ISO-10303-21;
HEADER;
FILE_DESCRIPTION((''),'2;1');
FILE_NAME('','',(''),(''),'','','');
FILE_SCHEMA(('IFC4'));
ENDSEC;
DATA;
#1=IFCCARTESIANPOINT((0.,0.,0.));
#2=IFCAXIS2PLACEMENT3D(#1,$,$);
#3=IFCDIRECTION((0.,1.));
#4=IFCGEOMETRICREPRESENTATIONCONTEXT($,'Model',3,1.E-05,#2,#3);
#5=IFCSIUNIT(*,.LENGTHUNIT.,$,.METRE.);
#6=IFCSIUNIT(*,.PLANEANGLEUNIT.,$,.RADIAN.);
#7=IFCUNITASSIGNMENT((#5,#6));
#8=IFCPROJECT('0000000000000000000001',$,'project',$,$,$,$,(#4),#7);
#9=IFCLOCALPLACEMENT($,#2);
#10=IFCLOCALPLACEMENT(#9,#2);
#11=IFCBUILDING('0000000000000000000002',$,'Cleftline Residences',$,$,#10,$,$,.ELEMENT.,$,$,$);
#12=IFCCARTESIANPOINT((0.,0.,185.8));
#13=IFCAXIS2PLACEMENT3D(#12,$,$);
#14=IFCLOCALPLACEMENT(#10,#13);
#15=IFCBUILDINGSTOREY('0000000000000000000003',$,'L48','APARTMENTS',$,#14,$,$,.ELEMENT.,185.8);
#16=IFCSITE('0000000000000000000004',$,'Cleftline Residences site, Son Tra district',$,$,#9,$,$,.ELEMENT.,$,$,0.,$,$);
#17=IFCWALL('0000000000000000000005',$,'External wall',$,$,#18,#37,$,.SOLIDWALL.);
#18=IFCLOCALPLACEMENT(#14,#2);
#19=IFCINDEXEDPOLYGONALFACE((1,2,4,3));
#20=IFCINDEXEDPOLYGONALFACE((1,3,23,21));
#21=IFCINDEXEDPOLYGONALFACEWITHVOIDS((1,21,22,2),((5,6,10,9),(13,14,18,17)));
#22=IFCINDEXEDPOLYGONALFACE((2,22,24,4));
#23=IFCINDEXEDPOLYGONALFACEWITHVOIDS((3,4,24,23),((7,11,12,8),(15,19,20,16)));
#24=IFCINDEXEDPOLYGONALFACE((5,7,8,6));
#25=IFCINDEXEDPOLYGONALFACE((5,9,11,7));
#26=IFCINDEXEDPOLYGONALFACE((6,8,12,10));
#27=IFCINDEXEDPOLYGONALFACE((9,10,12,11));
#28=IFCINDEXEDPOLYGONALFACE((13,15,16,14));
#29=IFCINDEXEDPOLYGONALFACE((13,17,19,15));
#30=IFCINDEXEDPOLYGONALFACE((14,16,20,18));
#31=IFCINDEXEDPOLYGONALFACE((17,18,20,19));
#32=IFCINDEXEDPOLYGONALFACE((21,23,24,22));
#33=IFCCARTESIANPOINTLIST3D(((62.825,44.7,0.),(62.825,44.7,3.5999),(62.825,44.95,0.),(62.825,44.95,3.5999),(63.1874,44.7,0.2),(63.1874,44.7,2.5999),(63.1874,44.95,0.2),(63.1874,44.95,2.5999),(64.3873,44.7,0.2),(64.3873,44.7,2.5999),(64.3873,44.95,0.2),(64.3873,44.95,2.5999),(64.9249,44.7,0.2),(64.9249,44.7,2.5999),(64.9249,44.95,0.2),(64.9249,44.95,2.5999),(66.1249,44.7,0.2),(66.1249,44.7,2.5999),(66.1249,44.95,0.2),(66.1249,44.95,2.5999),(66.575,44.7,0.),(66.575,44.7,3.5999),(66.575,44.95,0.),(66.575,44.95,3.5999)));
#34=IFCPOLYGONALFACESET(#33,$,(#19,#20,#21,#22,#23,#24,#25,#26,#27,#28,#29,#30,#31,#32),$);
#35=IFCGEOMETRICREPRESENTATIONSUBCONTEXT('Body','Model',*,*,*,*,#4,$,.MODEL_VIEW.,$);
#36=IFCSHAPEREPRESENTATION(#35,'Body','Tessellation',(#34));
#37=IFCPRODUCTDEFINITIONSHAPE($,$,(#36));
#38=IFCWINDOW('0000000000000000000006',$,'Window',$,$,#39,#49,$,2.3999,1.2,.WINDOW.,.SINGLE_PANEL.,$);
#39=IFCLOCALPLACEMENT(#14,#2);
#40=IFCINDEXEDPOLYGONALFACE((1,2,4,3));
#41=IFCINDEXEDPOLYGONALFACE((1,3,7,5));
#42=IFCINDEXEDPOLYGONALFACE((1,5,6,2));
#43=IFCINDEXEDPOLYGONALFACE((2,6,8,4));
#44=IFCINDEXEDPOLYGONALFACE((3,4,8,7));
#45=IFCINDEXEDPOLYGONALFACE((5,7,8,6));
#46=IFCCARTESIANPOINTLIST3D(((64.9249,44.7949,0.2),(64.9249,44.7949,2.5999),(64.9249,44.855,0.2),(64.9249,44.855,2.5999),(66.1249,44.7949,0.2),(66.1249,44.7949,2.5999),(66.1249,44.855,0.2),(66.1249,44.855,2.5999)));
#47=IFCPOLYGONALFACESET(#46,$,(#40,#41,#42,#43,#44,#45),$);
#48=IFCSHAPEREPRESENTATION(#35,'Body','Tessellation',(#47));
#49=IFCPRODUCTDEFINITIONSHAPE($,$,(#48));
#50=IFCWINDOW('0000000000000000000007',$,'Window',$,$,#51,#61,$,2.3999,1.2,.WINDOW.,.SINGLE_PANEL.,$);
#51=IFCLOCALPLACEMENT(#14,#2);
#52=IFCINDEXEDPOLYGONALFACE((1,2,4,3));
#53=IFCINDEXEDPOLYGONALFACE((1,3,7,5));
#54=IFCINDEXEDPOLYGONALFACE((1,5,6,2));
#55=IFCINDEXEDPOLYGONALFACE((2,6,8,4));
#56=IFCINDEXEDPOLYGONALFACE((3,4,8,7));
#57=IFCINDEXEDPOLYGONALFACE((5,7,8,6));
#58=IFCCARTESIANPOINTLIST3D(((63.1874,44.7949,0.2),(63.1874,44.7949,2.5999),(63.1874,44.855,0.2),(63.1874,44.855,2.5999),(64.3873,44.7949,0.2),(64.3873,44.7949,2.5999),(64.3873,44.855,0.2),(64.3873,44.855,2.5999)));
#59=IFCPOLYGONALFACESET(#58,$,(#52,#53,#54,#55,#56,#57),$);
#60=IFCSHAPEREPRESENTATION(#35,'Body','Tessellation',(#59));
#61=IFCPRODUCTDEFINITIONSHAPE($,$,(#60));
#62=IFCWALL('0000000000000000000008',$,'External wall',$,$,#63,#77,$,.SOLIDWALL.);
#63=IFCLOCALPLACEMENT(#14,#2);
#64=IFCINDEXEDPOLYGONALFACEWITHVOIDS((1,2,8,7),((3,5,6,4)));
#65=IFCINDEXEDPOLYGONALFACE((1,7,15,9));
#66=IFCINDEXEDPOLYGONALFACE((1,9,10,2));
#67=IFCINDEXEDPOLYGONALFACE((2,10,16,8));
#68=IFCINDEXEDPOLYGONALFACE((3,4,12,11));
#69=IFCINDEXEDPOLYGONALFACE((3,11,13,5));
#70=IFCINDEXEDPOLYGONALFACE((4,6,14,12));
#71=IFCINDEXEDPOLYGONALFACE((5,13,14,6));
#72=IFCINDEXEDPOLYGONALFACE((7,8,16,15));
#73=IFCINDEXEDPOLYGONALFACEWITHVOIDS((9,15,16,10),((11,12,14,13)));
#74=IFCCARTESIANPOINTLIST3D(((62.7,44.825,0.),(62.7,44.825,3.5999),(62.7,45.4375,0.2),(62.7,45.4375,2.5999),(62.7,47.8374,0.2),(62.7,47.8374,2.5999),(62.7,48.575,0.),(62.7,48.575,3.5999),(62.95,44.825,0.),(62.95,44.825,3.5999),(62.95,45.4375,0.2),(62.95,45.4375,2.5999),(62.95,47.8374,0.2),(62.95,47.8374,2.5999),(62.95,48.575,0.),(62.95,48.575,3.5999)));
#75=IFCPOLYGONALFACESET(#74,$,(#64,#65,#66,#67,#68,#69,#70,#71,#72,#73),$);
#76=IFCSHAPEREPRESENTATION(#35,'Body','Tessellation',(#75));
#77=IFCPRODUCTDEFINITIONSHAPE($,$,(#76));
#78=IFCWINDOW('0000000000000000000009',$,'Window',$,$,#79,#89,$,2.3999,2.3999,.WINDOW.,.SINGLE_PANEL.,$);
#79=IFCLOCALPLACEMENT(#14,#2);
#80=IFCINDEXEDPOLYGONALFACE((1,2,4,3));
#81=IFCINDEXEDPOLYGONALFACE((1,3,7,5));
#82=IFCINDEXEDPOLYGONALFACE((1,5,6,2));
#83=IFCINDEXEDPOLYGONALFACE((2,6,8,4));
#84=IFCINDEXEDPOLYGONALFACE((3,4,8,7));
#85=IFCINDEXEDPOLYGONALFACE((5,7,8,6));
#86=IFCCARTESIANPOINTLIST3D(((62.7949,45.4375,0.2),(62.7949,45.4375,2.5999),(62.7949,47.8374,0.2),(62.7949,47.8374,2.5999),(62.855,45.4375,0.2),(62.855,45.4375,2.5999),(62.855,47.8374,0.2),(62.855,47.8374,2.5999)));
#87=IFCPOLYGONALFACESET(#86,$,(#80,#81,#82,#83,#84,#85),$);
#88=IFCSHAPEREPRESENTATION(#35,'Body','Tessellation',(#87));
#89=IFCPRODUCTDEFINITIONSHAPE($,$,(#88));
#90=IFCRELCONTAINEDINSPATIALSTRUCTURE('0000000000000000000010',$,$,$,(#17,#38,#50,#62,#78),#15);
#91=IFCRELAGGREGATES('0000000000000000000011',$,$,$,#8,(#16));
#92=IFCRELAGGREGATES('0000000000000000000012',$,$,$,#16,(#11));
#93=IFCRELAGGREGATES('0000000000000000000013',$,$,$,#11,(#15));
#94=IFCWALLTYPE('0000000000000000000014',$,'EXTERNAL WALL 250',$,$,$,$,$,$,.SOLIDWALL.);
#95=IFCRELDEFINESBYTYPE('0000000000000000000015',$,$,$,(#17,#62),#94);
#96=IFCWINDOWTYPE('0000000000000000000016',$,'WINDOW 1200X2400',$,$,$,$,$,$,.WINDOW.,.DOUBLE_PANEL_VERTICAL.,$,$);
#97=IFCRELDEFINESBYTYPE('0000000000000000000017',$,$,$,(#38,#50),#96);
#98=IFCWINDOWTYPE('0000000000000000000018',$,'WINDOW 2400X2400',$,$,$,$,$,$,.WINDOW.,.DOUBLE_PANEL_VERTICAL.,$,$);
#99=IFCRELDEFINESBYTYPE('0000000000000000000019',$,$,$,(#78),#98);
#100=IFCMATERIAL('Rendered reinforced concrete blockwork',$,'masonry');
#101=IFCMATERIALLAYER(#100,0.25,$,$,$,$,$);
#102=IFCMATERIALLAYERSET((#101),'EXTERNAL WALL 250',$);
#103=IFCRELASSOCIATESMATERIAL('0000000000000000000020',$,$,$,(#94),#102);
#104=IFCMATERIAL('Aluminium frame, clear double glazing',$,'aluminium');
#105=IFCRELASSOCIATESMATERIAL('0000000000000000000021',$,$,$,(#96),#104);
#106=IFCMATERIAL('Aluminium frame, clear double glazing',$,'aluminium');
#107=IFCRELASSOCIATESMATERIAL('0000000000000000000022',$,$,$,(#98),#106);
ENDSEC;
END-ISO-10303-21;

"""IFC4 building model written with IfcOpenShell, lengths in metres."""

from ifc_helpers import new_model, si_unit, direction, frame, frame_2d, origin, place, context, subcontext, project, spatial, rectangle, extrude, material, layer, layer_set, type_object, element, fill, save


model = new_model("IFC4")

# Units and contexts
model_context = context("Model", 3, precision=1e-05, world=origin(), true_north=direction((0.0, 1.0)))
body_context = subcontext(model_context, "Body", "Model", "MODEL_VIEW")
ifc_project = project(units=[si_unit("LENGTHUNIT", "METRE"), si_unit("PLANEANGLEUNIT", "RADIAN")], contexts=[model_context])

# Site, building, storey
site_placement = place(None, origin())
site = spatial("IfcSite", under=ifc_project, at=site_placement, Name="Cleftline Residences site, Son Tra district", CompositionType="ELEMENT", RefElevation=0.0)
building_placement = place(site_placement, origin())
building = spatial("IfcBuilding", under=site, at=building_placement, Name="Cleftline Residences", CompositionType="ELEMENT")
storey_placement = place(building_placement, frame((0.0, 0.0, 185.8)))
storey = spatial("IfcBuildingStorey", under=building, at=storey_placement, Name="L48", Description="APARTMENTS", CompositionType="ELEMENT", Elevation=185.8)

# Wall, openings, windows
ifc_material_1 = material(Name="Rendered reinforced concrete blockwork", Category="masonry")
ifc_layer_1 = layer(ifc_material_1, 0.25)
ifc_layer_set_1 = layer_set([ifc_layer_1], Name="EXTERNAL WALL 250")
wall_type_1 = type_object("IfcWallType", Name="EXTERNAL WALL 250", PredefinedType="SOLIDWALL", material=ifc_layer_set_1)
wall_1_placement = place(storey_placement, frame((66.575, 44.825, 0.0), z_axis=(0.0, 0.0, 1.0), x_axis=(-1.0, 0.0, 0.0)))
wall_1 = element("IfcWall", 1, at=wall_1_placement, inside=storey, type_object=wall_type_1, Name="External wall", PredefinedType="SOLIDWALL", context=body_context, shape_type="SweptSolid", body=[
    extrude(rectangle(XDim=3.75, YDim=0.25, at=frame_2d((1.875, 0.0))), origin(), (0.0, 0.0, 1.0), 3.5999),
])
opening_1_placement = place(wall_1_placement, frame((0.45, 0.0, 0.2)))
opening_1 = element("IfcOpeningElement", 2, at=opening_1_placement, cuts=wall_1, PredefinedType="OPENING", context=body_context, shape_type="SweptSolid", body=[
    extrude(rectangle(XDim=1.2, YDim=2.3999, at=frame_2d((0.6001, 1.2))), frame((0.0, 0.135, 0.0), z_axis=(0.0, -1.0, 0.0), x_axis=(1.0, 0.0, 0.0)), (0.0, 0.0, 1.0), 0.27),
])
opening_2_placement = place(wall_1_placement, frame((2.1875, 0.0, 0.2)))
opening_2 = element("IfcOpeningElement", 3, at=opening_2_placement, cuts=wall_1, PredefinedType="OPENING", context=body_context, shape_type="SweptSolid", body=[
    extrude(rectangle(XDim=1.2, YDim=2.3999, at=frame_2d((0.6001, 1.2))), frame((0.0, 0.135, 0.0), z_axis=(0.0, -1.0, 0.0), x_axis=(1.0, 0.0, 0.0)), (0.0, 0.0, 1.0), 0.27),
])
ifc_material_2 = material(Name="Aluminium frame, clear double glazing", Category="aluminium")
window_type_1 = type_object("IfcWindowType", Name="WINDOW 1200X2400", PartitioningType="DOUBLE_PANEL_VERTICAL", PredefinedType="WINDOW", material=ifc_material_2)
window_1_placement = place(opening_1_placement, origin())
window_1 = element("IfcWindow", 4, at=window_1_placement, inside=storey, type_object=window_type_1, Name="Window", OverallHeight=2.3999, OverallWidth=1.2, PartitioningType="SINGLE_PANEL", PredefinedType="WINDOW", context=body_context, shape_type="SweptSolid", body=[
    extrude(rectangle(XDim=1.2, YDim=2.3999, at=frame_2d((0.6001, 1.2))), frame((0.0, 0.03, 0.0), z_axis=(0.0, -1.0, 0.0), x_axis=(1.0, 0.0, 0.0)), (0.0, 0.0, 1.0), 0.0601),
])
fill(opening_1, window_1)
window_2_placement = place(opening_2_placement, origin())
window_2 = element("IfcWindow", 5, at=window_2_placement, inside=storey, type_object=window_type_1, Name="Window", OverallHeight=2.3999, OverallWidth=1.2, PartitioningType="SINGLE_PANEL", PredefinedType="WINDOW", context=body_context, shape_type="SweptSolid", body=[
    extrude(rectangle(XDim=1.2, YDim=2.3999, at=frame_2d((0.6001, 1.2))), frame((0.0, 0.03, 0.0), z_axis=(0.0, -1.0, 0.0), x_axis=(1.0, 0.0, 0.0)), (0.0, 0.0, 1.0), 0.0601),
])
fill(opening_2, window_2)

# Wall, opening, window
wall_2_placement = place(storey_placement, frame((62.825, 44.825, 0.0), z_axis=(0.0, 0.0, 1.0), x_axis=(0.0, 1.0, 0.0)))
wall_2 = element("IfcWall", 6, at=wall_2_placement, inside=storey, type_object=wall_type_1, Name="External wall", PredefinedType="SOLIDWALL", context=body_context, shape_type="SweptSolid", body=[
    extrude(rectangle(XDim=3.75, YDim=0.25, at=frame_2d((1.875, 0.0))), origin(), (0.0, 0.0, 1.0), 3.5999),
])
opening_3_placement = place(wall_2_placement, frame((0.6125, 0.0, 0.2)))
opening_3 = element("IfcOpeningElement", 7, at=opening_3_placement, cuts=wall_2, PredefinedType="OPENING", context=body_context, shape_type="SweptSolid", body=[
    extrude(rectangle(XDim=2.3999, YDim=2.3999, at=frame_2d((1.2, 1.2))), frame((0.0, 0.135, 0.0), z_axis=(0.0, -1.0, 0.0), x_axis=(1.0, 0.0, 0.0)), (0.0, 0.0, 1.0), 0.27),
])
ifc_material_3 = material(Name="Aluminium frame, clear double glazing", Category="aluminium")
window_type_2 = type_object("IfcWindowType", Name="WINDOW 2400X2400", PartitioningType="DOUBLE_PANEL_VERTICAL", PredefinedType="WINDOW", material=ifc_material_3)
window_3_placement = place(opening_3_placement, origin())
window_3 = element("IfcWindow", 8, at=window_3_placement, inside=storey, type_object=window_type_2, Name="Window", OverallHeight=2.3999, OverallWidth=2.3999, PartitioningType="SINGLE_PANEL", PredefinedType="WINDOW", context=body_context, shape_type="SweptSolid", body=[
    extrude(rectangle(XDim=2.3999, YDim=2.3999, at=frame_2d((1.2, 1.2))), frame((0.0, 0.03, 0.0), z_axis=(0.0, -1.0, 0.0), x_axis=(1.0, 0.0, 0.0)), (0.0, 0.0, 1.0), 0.0601),
])
fill(opening_3, window_3)

save(model, "model.ifc")
